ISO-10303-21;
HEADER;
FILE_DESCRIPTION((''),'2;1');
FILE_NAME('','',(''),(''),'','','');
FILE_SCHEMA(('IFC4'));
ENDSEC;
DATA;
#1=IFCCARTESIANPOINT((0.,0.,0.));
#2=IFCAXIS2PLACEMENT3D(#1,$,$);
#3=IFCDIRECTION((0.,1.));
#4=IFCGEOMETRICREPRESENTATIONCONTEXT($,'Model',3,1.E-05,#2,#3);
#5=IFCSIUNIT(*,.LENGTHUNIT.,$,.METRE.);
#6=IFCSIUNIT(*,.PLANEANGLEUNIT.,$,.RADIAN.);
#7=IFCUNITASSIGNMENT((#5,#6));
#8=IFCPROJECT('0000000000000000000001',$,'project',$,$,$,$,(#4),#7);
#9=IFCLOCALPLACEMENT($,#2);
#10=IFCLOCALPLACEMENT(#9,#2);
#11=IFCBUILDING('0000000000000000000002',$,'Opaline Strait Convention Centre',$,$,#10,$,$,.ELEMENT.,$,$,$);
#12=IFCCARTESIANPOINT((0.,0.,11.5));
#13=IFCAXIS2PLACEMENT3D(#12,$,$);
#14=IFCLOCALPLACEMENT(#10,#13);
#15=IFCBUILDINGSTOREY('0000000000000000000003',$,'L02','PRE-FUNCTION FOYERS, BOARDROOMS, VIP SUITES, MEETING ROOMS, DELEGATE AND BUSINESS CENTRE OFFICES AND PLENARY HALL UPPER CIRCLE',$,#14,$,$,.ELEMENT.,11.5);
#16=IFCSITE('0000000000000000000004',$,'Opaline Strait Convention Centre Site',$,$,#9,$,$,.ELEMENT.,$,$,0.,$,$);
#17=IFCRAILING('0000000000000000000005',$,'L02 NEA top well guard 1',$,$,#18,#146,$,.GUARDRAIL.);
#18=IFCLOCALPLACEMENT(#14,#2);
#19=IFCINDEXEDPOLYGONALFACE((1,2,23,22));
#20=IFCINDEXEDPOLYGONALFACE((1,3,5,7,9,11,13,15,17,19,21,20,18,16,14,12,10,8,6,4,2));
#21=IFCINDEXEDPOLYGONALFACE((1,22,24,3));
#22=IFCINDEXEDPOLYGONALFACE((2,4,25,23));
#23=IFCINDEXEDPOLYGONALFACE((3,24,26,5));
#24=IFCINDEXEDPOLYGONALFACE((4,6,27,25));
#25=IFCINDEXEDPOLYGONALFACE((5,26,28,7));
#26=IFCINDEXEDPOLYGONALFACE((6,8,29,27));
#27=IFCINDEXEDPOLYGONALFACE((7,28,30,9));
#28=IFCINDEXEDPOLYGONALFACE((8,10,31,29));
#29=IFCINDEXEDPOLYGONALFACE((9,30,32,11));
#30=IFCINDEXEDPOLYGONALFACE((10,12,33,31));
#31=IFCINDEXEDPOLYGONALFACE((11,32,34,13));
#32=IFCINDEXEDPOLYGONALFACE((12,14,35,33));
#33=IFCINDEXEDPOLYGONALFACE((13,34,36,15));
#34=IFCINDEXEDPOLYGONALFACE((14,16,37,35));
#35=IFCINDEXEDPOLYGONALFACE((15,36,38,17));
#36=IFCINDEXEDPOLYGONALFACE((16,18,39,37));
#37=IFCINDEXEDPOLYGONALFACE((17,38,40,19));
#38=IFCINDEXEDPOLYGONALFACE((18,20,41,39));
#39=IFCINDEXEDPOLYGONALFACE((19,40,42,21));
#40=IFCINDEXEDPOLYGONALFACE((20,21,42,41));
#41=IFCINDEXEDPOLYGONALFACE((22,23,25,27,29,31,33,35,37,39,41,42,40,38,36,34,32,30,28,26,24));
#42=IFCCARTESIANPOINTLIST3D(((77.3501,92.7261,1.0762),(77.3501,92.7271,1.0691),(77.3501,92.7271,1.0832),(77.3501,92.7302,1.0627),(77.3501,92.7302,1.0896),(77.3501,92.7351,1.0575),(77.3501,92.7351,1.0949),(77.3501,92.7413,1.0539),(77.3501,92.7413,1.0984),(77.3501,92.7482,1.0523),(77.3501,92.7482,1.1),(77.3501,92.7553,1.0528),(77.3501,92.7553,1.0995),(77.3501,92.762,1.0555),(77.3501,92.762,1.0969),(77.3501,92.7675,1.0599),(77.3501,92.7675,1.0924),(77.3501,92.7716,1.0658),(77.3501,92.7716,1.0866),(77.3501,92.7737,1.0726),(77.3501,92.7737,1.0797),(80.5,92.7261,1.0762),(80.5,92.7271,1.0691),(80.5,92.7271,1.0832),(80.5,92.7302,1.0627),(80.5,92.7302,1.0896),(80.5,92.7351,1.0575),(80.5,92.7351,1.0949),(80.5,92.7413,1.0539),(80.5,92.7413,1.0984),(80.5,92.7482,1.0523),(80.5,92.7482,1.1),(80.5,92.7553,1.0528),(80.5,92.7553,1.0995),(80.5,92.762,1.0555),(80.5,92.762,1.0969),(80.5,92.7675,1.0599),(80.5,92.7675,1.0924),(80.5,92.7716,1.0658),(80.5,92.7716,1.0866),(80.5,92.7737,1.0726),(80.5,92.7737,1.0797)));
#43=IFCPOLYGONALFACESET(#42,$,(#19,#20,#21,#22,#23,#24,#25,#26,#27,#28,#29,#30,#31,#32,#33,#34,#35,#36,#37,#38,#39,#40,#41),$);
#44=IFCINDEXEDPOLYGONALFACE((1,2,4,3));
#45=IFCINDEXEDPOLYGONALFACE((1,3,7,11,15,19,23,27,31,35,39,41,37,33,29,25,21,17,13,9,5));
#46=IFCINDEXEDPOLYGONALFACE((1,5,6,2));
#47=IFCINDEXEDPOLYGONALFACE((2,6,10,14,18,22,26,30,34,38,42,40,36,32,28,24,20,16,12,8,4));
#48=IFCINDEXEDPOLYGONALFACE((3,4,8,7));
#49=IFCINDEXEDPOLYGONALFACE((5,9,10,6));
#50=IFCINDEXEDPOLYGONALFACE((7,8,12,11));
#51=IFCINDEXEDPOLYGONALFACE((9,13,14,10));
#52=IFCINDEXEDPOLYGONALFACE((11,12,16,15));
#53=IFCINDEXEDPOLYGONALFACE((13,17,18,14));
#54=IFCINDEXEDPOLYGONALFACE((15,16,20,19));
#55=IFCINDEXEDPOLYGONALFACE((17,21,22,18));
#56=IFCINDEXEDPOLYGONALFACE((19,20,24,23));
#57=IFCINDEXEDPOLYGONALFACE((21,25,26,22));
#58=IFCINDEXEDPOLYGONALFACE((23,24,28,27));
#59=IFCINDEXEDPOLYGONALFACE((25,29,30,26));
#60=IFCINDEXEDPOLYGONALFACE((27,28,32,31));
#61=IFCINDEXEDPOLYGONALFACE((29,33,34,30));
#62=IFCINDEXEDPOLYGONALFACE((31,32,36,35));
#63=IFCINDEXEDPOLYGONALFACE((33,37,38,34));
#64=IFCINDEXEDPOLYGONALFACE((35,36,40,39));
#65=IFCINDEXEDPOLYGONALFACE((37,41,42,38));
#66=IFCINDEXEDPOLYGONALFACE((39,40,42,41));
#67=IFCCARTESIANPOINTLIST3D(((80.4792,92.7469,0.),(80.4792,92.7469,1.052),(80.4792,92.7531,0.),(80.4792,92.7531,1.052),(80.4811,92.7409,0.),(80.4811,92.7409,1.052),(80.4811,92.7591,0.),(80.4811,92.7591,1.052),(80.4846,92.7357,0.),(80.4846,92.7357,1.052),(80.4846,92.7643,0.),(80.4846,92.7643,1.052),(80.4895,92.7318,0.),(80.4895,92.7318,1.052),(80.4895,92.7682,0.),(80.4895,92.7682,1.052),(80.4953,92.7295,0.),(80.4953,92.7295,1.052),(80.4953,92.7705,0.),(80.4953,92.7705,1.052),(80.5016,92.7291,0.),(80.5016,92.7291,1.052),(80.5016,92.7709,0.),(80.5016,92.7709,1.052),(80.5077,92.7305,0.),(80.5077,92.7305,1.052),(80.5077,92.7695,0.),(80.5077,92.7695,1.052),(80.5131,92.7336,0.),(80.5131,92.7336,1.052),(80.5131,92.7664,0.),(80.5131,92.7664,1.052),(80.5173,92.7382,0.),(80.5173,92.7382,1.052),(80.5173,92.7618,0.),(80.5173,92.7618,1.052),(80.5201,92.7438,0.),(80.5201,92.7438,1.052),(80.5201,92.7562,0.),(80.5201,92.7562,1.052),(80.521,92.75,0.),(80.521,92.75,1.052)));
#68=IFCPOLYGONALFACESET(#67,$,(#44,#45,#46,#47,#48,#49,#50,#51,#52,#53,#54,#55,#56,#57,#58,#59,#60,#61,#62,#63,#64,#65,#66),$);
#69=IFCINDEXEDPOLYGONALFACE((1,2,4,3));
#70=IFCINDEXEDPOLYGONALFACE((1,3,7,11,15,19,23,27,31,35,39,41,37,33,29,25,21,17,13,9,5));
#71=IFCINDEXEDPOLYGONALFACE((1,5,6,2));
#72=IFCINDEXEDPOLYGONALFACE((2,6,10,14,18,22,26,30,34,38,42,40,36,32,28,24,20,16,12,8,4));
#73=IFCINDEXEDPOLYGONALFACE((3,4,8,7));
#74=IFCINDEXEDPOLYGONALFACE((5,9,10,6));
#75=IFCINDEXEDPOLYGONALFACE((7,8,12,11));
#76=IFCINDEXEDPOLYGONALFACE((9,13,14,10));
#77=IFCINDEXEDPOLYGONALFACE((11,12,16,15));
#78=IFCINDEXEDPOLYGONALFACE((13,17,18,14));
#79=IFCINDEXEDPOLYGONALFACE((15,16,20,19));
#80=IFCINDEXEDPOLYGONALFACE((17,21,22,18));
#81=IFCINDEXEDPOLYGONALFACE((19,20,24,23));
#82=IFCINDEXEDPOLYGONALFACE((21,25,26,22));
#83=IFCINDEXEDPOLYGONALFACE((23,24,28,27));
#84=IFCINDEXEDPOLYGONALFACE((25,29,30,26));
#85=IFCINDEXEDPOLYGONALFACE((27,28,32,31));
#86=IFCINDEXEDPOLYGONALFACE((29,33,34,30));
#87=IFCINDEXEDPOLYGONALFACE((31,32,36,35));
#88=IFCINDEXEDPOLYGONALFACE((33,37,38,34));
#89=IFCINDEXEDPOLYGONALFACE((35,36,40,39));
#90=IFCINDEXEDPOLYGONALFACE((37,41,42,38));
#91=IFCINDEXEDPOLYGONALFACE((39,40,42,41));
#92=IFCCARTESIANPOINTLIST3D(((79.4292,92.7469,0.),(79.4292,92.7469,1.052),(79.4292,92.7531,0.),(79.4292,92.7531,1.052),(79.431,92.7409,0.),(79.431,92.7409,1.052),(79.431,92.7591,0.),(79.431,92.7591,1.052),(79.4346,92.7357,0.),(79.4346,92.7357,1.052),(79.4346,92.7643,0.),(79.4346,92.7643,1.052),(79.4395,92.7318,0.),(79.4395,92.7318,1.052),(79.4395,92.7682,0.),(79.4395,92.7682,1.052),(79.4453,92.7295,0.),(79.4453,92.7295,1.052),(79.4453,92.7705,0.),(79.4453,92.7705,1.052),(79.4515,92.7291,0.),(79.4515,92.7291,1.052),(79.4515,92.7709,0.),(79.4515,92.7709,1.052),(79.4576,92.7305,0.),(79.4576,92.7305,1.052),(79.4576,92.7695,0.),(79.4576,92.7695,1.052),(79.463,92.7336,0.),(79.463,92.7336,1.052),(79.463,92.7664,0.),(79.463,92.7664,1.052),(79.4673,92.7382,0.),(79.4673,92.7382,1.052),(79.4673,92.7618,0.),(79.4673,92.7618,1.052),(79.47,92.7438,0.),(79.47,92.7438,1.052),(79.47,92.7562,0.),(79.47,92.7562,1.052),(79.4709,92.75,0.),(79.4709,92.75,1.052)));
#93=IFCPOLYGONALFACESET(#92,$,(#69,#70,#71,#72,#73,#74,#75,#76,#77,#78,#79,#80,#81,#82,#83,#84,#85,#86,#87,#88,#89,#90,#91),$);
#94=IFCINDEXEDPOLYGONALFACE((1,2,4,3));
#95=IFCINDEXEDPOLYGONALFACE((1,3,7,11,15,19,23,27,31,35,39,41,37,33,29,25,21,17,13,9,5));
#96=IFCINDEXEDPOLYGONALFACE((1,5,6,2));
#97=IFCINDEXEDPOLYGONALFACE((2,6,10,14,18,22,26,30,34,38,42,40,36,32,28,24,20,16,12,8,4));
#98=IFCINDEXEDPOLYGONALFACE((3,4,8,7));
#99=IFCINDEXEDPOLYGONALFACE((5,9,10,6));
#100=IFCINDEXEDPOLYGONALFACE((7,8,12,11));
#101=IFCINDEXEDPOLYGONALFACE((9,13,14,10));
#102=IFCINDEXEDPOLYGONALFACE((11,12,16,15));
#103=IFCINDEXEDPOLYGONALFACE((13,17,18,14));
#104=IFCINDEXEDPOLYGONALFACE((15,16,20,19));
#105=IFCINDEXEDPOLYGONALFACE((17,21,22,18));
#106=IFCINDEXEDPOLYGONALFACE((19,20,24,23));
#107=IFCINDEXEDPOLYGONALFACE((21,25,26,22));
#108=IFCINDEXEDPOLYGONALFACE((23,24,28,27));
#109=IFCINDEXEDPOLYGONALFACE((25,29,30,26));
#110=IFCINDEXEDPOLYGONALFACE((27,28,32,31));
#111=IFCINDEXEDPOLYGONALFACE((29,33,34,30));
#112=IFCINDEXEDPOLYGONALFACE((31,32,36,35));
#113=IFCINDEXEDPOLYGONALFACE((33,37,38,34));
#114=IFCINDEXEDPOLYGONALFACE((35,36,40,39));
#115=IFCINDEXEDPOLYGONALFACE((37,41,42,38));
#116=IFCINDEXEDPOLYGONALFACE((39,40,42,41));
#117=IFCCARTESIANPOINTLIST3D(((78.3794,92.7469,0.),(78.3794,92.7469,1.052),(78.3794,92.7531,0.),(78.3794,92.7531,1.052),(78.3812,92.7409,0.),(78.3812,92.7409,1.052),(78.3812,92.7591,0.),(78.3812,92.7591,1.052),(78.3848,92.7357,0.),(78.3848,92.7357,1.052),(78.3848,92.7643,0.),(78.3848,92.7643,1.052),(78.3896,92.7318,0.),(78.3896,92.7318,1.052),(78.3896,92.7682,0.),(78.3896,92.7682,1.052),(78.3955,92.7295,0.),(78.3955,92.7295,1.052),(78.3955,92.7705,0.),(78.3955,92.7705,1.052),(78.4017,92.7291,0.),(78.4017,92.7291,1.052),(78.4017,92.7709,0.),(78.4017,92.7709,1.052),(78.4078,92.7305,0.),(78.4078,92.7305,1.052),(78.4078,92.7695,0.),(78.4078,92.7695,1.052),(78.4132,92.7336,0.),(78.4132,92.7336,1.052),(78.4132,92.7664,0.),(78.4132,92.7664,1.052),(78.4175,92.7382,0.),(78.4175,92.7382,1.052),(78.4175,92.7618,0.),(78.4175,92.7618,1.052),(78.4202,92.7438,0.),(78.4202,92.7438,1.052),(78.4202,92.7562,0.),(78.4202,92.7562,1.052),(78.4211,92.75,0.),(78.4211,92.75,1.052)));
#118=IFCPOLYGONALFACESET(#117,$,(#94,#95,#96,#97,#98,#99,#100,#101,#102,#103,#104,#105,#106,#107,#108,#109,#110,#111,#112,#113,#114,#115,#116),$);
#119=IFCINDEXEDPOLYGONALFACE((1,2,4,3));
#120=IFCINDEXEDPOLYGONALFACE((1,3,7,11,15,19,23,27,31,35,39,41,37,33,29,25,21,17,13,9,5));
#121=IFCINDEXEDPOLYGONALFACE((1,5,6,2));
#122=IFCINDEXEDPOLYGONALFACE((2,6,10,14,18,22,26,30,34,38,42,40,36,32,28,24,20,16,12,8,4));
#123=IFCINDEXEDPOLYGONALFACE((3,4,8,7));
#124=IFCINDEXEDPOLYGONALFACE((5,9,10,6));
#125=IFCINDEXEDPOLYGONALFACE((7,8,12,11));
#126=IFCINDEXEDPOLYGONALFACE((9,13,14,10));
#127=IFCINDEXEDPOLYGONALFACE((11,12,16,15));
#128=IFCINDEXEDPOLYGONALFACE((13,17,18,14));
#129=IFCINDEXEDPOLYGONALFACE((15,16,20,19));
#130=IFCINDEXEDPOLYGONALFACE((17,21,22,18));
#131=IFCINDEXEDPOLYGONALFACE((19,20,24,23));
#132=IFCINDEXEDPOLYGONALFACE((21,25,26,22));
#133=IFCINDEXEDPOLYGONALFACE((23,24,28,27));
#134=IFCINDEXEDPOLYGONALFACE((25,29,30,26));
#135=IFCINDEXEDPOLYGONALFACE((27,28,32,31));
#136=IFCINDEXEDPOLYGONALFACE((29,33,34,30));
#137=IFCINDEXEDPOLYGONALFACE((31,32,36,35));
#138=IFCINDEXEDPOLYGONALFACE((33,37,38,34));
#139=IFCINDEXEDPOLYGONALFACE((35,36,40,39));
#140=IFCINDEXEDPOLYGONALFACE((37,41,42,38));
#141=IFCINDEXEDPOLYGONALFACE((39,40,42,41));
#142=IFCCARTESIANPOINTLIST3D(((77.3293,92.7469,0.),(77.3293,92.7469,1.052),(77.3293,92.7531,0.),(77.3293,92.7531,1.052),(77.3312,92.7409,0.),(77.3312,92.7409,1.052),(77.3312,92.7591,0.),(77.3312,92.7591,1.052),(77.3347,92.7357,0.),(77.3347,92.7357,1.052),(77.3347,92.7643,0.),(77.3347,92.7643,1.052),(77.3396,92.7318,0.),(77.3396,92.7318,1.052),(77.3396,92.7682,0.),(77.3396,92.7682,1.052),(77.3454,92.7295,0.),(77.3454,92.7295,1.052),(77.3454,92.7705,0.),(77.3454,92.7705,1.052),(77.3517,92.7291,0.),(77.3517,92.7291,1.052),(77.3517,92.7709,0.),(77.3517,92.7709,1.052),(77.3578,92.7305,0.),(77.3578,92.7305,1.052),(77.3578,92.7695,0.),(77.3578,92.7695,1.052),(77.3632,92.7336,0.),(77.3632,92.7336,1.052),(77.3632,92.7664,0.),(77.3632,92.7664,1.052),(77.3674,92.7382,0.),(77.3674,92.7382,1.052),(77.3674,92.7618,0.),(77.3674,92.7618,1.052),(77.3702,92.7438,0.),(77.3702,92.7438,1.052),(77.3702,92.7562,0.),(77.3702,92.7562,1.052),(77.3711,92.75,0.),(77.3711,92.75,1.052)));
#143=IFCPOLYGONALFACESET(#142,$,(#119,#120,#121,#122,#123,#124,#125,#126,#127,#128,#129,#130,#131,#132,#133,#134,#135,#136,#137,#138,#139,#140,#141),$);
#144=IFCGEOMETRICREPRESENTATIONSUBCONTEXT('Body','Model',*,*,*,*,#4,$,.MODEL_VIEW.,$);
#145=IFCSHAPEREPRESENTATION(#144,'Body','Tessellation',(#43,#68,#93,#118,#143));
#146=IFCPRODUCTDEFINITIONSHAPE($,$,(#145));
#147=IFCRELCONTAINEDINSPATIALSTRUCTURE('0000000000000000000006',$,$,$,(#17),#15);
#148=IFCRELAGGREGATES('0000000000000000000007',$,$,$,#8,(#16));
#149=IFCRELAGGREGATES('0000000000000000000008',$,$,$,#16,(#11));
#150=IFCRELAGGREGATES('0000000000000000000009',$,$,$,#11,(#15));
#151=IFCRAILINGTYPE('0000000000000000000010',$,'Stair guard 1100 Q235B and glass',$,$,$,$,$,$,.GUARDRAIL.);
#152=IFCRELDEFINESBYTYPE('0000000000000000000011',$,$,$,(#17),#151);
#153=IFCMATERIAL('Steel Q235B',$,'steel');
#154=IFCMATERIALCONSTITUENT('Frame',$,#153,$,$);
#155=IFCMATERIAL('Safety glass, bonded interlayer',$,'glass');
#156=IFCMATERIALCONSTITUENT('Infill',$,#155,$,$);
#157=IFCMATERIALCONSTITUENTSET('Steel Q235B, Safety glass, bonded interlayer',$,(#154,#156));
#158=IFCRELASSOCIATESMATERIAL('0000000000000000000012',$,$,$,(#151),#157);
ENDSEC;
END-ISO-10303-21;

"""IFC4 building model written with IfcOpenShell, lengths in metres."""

from ifc_helpers import new_model, si_unit, direction, frame, origin, origin_2d, place, context, subcontext, project, spatial, circle, extrude, material, constituent, constituent_set, type_object, element, save


model = new_model("IFC4")

# Units and contexts
model_context = context("Model", 3, precision=1e-05, world=origin(), true_north=direction((0.0, 1.0)))
body_context = subcontext(model_context, "Body", "Model", "MODEL_VIEW")
ifc_project = project(units=[si_unit("LENGTHUNIT", "METRE"), si_unit("PLANEANGLEUNIT", "RADIAN")], contexts=[model_context])

# Site, building, storey
site_placement = place(None, origin())
site = spatial("IfcSite", under=ifc_project, at=site_placement, Name="Opaline Strait Convention Centre Site", CompositionType="ELEMENT", RefElevation=0.0)
building_placement = place(site_placement, origin())
building = spatial("IfcBuilding", under=site, at=building_placement, Name="Opaline Strait Convention Centre", CompositionType="ELEMENT")
storey_placement = place(building_placement, frame((0.0, 0.0, 11.5)))
storey = spatial("IfcBuildingStorey", under=building, at=storey_placement, Name="L02", Description="PRE-FUNCTION FOYERS, BOARDROOMS, VIP SUITES, MEETING ROOMS, DELEGATE AND BUSINESS CENTRE OFFICES AND PLENARY HALL UPPER CIRCLE", CompositionType="ELEMENT", Elevation=11.5)

# Railing
ifc_material_1 = material(Name="Steel Q235B", Category="steel")
ifc_constituent_1 = constituent(ifc_material_1, Name="Frame")
ifc_material_2 = material(Name="Safety glass, bonded interlayer", Category="glass")
ifc_constituent_2 = constituent(ifc_material_2, Name="Infill")
ifc_constituent_set = constituent_set(constituents=[ifc_constituent_1, ifc_constituent_2], Name="Steel Q235B, Safety glass, bonded interlayer")
railing_type = type_object("IfcRailingType", Name="Stair guard 1100 Q235B and glass", PredefinedType="GUARDRAIL", material=ifc_constituent_set)
railing_1_placement = place(storey_placement, frame((80.5, 92.75, 0.0)))
element("IfcRailing", 1, at=railing_1_placement, inside=storey, type_object=railing_type, Name="L02 NEA top well guard 1", PredefinedType="GUARDRAIL", context=body_context, shape_type="SweptSolid", body=[
    extrude(circle(Radius=0.0239, at=origin_2d()), frame((0.0, 0.0, 1.0762), z_axis=(-1.0, 0.0, 0.0), x_axis=(0.0, -1.0, 0.0)), (0.0, 0.0, 1.0), 3.1499),
    extrude(circle(Radius=0.021, at=origin_2d()), origin(), (0.0, 0.0, 1.0), 1.052),
    extrude(circle(Radius=0.021, at=origin_2d()), frame((-1.05, 0.0, 0.0)), (0.0, 0.0, 1.0), 1.052),
    extrude(circle(Radius=0.021, at=origin_2d()), frame((-2.0999, 0.0, 0.0)), (0.0, 0.0, 1.0), 1.052),
    extrude(circle(Radius=0.021, at=origin_2d()), frame((-3.1499, 0.0, 0.0)), (0.0, 0.0, 1.0), 1.052),
])

save(model, "model.ifc")
